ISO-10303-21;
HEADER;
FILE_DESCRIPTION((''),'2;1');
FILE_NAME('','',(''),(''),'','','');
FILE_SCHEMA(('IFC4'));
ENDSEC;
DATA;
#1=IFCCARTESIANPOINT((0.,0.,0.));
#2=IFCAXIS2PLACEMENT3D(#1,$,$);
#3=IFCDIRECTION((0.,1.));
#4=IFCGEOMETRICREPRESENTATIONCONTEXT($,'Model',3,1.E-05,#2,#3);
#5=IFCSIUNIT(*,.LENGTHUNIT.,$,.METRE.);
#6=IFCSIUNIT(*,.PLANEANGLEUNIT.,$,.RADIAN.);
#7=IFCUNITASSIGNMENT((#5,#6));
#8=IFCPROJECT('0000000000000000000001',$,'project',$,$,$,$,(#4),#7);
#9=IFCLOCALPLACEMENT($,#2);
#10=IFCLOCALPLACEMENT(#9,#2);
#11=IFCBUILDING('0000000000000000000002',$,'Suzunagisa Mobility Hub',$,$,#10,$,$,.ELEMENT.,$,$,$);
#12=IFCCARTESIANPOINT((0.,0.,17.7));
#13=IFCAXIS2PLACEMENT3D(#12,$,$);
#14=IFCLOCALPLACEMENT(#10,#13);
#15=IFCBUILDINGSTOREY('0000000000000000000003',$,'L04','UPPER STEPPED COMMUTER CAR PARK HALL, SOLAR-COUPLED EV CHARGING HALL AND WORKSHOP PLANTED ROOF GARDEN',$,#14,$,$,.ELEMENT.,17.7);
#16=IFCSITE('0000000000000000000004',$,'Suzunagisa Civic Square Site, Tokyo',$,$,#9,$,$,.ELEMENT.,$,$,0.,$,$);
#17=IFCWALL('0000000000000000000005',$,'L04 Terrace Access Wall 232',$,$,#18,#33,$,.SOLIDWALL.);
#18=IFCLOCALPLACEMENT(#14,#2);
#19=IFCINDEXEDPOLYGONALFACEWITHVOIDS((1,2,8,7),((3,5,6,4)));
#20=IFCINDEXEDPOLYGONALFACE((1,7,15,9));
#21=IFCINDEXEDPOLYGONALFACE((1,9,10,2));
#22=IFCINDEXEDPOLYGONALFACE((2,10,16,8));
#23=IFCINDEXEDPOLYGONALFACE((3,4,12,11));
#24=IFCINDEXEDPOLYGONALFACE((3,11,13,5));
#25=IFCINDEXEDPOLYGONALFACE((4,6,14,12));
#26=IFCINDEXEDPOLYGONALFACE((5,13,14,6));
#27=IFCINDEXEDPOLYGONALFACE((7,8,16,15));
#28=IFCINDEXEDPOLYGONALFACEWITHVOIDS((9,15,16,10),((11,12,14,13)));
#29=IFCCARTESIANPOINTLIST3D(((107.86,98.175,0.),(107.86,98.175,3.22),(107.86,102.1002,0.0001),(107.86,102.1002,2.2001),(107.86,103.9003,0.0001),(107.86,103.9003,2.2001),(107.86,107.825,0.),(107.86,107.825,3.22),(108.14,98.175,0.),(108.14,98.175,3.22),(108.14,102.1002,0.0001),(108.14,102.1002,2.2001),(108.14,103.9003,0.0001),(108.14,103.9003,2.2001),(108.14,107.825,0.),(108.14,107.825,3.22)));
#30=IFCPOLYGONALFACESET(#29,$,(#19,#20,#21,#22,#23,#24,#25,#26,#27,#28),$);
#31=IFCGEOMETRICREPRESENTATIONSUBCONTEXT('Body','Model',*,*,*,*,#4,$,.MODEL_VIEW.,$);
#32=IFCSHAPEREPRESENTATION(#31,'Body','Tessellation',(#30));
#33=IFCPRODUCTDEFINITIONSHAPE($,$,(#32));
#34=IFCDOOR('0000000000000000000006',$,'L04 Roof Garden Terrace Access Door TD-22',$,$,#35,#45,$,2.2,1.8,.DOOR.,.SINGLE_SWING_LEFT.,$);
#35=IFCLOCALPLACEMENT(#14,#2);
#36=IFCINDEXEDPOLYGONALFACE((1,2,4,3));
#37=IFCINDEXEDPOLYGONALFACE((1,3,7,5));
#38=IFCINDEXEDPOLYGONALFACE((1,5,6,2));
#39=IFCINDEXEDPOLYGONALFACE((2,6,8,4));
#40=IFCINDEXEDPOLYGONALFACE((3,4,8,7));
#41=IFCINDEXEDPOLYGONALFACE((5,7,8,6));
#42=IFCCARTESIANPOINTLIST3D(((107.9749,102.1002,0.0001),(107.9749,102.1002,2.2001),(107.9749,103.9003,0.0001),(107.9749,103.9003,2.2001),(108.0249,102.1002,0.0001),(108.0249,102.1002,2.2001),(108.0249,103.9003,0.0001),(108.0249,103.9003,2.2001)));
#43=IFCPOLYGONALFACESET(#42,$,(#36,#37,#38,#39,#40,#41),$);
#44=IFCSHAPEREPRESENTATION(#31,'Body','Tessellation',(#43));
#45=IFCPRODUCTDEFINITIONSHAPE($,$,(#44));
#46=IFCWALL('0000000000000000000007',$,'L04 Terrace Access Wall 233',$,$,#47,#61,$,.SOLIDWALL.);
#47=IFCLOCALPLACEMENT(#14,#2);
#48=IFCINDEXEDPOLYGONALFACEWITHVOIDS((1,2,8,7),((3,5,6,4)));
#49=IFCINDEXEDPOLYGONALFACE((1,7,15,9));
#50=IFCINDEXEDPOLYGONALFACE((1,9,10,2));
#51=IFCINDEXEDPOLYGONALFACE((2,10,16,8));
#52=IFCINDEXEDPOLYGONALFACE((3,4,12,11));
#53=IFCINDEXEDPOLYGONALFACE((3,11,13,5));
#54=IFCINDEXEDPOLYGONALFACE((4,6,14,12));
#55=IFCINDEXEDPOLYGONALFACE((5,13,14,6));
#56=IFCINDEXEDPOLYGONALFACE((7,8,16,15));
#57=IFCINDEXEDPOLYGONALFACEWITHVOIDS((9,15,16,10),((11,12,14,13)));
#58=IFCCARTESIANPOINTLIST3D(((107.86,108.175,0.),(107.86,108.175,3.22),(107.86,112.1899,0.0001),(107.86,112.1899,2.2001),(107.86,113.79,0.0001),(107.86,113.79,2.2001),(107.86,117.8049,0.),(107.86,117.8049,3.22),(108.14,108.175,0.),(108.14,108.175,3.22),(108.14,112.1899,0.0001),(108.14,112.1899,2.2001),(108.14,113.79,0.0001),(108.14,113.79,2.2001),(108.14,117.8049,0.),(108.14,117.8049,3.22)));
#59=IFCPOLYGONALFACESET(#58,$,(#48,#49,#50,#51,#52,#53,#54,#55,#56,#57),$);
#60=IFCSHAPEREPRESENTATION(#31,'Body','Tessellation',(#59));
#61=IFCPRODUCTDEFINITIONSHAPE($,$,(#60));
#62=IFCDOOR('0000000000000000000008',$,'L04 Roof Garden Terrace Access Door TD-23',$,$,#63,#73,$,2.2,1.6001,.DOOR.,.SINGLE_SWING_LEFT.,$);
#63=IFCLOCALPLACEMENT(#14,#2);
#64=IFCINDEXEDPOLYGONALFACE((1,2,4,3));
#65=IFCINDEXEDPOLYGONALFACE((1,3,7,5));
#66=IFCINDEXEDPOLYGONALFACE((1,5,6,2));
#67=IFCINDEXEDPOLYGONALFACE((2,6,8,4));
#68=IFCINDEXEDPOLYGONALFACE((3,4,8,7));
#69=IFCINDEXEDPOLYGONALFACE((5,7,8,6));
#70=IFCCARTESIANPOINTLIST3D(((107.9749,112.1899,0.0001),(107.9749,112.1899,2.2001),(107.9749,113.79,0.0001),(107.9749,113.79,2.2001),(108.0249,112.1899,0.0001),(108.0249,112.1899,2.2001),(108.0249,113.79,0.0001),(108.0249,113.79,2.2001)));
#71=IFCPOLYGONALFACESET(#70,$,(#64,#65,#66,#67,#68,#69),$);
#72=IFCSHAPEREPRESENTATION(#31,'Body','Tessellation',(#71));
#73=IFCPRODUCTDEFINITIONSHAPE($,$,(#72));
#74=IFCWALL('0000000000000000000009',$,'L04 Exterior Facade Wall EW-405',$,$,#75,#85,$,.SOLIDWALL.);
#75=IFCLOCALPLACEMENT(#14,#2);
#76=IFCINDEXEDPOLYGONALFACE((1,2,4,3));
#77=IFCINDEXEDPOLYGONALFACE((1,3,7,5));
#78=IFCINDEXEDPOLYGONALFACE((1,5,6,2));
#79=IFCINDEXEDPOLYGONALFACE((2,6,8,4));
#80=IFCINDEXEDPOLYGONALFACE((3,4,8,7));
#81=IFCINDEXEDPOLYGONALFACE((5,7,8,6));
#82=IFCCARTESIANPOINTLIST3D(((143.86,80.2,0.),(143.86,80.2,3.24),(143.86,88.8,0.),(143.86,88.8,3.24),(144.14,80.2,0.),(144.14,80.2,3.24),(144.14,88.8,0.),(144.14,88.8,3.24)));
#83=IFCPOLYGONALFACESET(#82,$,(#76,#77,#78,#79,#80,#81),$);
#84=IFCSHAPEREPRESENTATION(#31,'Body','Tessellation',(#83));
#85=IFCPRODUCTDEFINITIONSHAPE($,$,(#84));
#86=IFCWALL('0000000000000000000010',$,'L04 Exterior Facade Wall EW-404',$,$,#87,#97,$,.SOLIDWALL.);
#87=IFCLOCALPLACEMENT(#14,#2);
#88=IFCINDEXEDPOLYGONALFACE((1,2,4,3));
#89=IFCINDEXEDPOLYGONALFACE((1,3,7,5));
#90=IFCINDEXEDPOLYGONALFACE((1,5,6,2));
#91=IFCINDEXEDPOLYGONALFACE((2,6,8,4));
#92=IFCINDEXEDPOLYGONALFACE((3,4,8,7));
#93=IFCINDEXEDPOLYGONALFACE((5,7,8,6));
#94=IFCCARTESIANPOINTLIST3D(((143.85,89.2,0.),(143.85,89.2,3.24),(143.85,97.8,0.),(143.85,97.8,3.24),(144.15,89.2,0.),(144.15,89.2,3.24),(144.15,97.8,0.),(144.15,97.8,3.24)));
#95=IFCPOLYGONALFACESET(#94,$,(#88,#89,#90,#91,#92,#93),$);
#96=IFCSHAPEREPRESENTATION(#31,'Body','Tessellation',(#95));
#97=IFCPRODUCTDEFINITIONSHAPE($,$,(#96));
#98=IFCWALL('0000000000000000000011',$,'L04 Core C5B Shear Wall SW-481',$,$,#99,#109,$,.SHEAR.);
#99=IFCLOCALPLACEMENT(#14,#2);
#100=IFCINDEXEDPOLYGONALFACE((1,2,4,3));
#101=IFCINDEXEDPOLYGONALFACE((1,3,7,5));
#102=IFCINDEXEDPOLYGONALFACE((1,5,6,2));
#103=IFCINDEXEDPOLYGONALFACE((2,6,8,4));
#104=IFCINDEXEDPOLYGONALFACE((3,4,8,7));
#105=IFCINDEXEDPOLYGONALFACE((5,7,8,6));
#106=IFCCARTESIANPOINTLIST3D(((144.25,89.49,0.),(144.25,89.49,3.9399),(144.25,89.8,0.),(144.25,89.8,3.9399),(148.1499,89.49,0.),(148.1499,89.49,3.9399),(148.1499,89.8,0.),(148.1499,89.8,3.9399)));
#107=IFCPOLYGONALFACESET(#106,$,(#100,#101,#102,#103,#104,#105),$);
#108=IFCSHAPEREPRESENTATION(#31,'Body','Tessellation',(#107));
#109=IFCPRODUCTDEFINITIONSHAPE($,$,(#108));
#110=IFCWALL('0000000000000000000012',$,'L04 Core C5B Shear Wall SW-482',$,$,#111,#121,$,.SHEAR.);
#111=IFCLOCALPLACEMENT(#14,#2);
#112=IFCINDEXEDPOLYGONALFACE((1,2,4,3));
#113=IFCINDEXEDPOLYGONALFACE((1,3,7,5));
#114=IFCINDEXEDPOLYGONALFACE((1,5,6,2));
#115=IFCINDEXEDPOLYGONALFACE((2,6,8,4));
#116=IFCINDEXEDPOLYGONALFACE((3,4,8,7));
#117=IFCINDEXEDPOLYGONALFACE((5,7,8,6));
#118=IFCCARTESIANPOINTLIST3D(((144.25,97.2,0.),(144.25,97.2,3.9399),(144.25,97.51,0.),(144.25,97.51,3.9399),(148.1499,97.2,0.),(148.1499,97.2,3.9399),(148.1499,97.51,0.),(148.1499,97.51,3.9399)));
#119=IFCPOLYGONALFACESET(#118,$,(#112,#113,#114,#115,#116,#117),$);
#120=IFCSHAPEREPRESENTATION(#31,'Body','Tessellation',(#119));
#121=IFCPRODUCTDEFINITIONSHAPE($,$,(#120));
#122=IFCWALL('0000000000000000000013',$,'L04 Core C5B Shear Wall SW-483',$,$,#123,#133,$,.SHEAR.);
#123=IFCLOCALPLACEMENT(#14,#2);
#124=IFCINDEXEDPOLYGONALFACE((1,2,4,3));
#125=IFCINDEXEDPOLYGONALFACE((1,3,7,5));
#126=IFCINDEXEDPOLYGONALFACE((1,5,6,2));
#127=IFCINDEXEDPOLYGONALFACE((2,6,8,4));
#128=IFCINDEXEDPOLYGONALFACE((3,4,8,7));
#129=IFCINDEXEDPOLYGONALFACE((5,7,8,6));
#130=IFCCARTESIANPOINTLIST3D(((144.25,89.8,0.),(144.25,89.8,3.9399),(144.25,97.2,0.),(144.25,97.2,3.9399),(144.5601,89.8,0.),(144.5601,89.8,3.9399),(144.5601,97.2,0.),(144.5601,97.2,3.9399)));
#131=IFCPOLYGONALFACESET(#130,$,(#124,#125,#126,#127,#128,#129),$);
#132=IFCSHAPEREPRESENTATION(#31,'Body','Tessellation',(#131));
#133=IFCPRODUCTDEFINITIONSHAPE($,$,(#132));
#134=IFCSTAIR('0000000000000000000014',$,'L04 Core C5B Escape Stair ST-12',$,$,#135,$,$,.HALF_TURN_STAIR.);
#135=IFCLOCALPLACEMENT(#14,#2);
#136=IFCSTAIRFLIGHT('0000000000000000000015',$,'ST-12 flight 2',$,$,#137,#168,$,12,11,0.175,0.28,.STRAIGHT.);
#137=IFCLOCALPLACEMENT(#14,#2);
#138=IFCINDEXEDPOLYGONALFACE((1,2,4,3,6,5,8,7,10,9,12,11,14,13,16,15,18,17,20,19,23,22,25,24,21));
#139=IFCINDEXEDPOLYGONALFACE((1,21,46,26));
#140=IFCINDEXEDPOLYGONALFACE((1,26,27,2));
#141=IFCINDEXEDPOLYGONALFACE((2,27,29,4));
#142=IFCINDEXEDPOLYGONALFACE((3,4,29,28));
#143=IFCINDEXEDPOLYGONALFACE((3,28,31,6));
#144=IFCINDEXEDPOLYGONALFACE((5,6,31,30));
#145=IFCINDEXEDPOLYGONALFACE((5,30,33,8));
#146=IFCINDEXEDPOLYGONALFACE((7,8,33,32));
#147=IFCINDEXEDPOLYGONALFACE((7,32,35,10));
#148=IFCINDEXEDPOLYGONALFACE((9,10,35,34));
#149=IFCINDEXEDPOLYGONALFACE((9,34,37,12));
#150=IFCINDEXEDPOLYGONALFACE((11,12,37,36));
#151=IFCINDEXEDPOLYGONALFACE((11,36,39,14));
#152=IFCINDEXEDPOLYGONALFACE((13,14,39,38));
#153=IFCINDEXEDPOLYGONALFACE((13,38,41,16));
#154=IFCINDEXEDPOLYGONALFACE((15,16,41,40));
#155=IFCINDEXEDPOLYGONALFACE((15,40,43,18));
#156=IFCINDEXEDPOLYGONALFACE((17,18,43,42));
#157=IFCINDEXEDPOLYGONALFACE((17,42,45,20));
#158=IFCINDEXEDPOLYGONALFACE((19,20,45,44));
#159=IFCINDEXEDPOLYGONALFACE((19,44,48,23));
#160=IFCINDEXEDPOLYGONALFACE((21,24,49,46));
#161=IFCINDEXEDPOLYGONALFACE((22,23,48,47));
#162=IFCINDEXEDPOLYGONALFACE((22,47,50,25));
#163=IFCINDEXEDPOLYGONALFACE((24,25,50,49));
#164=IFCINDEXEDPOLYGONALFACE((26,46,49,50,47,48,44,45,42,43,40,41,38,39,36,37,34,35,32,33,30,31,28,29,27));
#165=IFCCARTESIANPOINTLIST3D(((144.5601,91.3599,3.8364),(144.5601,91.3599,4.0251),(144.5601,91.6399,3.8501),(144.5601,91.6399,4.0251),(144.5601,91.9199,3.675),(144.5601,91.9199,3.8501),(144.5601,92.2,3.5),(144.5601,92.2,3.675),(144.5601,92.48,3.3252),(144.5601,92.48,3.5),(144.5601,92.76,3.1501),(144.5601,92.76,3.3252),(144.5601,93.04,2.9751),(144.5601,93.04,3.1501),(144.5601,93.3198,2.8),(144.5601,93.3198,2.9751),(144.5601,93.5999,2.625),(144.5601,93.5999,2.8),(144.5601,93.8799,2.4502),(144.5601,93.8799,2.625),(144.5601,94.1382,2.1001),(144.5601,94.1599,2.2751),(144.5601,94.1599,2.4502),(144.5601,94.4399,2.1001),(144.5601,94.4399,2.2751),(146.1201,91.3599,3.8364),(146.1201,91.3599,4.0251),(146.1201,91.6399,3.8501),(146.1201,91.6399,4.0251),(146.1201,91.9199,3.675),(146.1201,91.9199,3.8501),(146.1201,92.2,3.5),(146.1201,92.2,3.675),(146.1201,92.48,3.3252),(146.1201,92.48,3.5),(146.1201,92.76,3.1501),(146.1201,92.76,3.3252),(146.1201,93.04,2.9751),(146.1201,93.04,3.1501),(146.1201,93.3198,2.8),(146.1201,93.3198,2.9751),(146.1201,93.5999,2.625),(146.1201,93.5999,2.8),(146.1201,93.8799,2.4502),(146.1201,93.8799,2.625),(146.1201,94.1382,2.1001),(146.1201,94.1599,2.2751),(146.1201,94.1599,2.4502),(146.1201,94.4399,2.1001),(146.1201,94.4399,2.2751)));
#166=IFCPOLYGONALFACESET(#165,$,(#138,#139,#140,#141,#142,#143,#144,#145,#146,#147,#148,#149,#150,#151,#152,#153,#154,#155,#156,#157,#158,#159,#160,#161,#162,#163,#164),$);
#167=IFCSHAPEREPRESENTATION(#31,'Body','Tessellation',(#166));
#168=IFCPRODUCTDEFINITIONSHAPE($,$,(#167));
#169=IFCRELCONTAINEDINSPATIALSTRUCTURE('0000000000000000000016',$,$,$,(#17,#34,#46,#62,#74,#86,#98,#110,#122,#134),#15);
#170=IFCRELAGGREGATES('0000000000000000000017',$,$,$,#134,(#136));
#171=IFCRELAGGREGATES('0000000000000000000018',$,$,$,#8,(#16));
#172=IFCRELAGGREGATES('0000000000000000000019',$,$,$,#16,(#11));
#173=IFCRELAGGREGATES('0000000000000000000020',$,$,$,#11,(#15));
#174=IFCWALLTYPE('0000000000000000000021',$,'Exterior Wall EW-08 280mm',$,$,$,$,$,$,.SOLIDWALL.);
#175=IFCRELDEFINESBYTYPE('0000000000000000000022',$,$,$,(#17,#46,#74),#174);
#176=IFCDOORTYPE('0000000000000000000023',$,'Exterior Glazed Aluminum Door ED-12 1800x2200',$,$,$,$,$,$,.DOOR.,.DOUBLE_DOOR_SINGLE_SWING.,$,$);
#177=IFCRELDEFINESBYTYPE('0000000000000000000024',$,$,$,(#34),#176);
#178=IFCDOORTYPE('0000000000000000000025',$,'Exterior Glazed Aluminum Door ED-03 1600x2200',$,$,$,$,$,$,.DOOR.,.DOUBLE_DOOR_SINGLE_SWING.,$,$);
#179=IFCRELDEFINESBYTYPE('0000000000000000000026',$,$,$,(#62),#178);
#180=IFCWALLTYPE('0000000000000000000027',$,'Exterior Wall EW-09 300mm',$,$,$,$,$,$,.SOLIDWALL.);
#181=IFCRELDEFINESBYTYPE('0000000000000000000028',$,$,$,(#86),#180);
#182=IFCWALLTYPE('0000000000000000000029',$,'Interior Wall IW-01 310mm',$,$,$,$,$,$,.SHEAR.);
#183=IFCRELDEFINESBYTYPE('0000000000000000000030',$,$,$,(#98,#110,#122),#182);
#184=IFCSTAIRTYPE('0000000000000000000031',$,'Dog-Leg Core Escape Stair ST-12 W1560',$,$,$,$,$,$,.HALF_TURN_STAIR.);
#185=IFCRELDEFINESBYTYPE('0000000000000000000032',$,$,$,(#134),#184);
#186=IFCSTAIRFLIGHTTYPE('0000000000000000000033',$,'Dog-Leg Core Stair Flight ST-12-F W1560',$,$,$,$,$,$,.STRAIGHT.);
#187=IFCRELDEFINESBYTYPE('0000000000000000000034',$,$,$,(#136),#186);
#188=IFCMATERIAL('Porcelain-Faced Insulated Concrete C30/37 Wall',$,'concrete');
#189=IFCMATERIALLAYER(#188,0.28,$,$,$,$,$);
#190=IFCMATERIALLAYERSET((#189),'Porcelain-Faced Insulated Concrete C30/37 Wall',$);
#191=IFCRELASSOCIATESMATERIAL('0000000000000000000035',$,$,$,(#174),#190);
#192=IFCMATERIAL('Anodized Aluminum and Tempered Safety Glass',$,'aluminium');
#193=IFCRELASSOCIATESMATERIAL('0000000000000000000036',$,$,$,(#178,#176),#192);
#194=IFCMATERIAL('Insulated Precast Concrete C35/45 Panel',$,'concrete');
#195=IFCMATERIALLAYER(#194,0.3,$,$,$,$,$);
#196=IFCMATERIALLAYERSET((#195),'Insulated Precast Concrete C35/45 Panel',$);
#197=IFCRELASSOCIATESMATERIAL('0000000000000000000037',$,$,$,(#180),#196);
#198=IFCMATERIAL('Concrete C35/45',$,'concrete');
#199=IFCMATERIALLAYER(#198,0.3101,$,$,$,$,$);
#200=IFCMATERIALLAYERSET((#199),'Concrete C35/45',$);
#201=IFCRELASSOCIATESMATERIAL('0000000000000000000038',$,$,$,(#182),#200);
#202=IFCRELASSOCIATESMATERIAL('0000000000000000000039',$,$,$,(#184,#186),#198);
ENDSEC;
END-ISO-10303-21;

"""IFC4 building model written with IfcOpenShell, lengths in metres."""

from ifc_helpers import new_model, si_unit, direction, frame, frame_2d, origin, place, context, subcontext, project, spatial, polyline, rectangle, outline, extrude, material, layer, layer_set, type_object, element, fill, aggregate, save


model = new_model("IFC4")

# Units and contexts
model_context = context("Model", 3, precision=1e-05, world=origin(), true_north=direction((0.0, 1.0)))
body_context = subcontext(model_context, "Body", "Model", "MODEL_VIEW")
ifc_project = project(units=[si_unit("LENGTHUNIT", "METRE"), si_unit("PLANEANGLEUNIT", "RADIAN")], contexts=[model_context])

# Site, building, storey
site_placement = place(None, origin())
site = spatial("IfcSite", under=ifc_project, at=site_placement, Name="Suzunagisa Civic Square Site, Tokyo", CompositionType="ELEMENT", RefElevation=0.0)
building_placement = place(site_placement, origin())
building = spatial("IfcBuilding", under=site, at=building_placement, Name="Suzunagisa Mobility Hub", CompositionType="ELEMENT")
storey_placement = place(building_placement, frame((0.0, 0.0, 17.7)))
storey = spatial("IfcBuildingStorey", under=building, at=storey_placement, Name="L04", Description="UPPER STEPPED COMMUTER CAR PARK HALL, SOLAR-COUPLED EV CHARGING HALL AND WORKSHOP PLANTED ROOF GARDEN", CompositionType="ELEMENT", Elevation=17.7)

# Walls, openings, doors
ifc_material_1 = material(Name="Porcelain-Faced Insulated Concrete C30/37 Wall", Category="concrete")
ifc_layer_1 = layer(ifc_material_1, 0.28)
ifc_layer_set_1 = layer_set([ifc_layer_1], Name="Porcelain-Faced Insulated Concrete C30/37 Wall")
wall_type_1 = type_object("IfcWallType", Name="Exterior Wall EW-08 280mm", PredefinedType="SOLIDWALL", material=ifc_layer_set_1)
ifc_material_2 = material(Name="Anodized Aluminum and Tempered Safety Glass", Category="aluminium")
door_type_1 = type_object("IfcDoorType", Name="Exterior Glazed Aluminum Door ED-03 1600x2200", OperationType="DOUBLE_DOOR_SINGLE_SWING", PredefinedType="DOOR", material=ifc_material_2)
wall_1_placement = place(storey_placement, frame((108.0, 98.175, 0.0), z_axis=(0.0, 0.0, 1.0), x_axis=(0.0, 1.0, 0.0)))
wall_1 = element("IfcWall", 1, at=wall_1_placement, inside=storey, type_object=wall_type_1, Name="L04 Terrace Access Wall 232", PredefinedType="SOLIDWALL", context=body_context, shape_type="SweptSolid", body=[
    extrude(rectangle(XDim=9.6499, YDim=0.28, at=frame_2d((4.825, 0.0))), origin(), (0.0, 0.0, 1.0), 3.22),
])
opening_1_placement = place(wall_1_placement, frame((5.7251, 0.0, 0.0), z_axis=(0.0, 0.0, 1.0), x_axis=(-1.0, 0.0, 0.0)))
opening_1 = element("IfcOpeningElement", 2, at=opening_1_placement, cuts=wall_1, PredefinedType="OPENING", context=body_context, shape_type="SweptSolid", body=[
    extrude(rectangle(XDim=1.8, YDim=2.2, at=frame_2d((0.8999, 1.1001))), frame((0.0, 0.1509, 0.0), z_axis=(0.0, -1.0, 0.0), x_axis=(1.0, 0.0, 0.0)), (0.0, 0.0, 1.0), 0.302),
])
door_type_2 = type_object("IfcDoorType", Name="Exterior Glazed Aluminum Door ED-12 1800x2200", OperationType="DOUBLE_DOOR_SINGLE_SWING", PredefinedType="DOOR", material=ifc_material_2)
door_1_placement = place(opening_1_placement, origin())
door_1 = element("IfcDoor", 3, at=door_1_placement, inside=storey, type_object=door_type_2, Name="L04 Roof Garden Terrace Access Door TD-22", OperationType="SINGLE_SWING_LEFT", OverallHeight=2.2, OverallWidth=1.8, PredefinedType="DOOR", context=body_context, shape_type="SweptSolid", body=[
    extrude(rectangle(XDim=1.8, YDim=2.2, at=frame_2d((0.8999, 1.1001))), frame((0.0, 0.0249, 0.0), z_axis=(0.0, -1.0, 0.0), x_axis=(1.0, 0.0, 0.0)), (0.0, 0.0, 1.0), 0.05),
])
fill(opening_1, door_1)
wall_2_placement = place(storey_placement, frame((108.0, 108.175, 0.0), z_axis=(0.0, 0.0, 1.0), x_axis=(0.0, 1.0, 0.0)))
wall_2 = element("IfcWall", 4, at=wall_2_placement, inside=storey, type_object=wall_type_1, Name="L04 Terrace Access Wall 233", PredefinedType="SOLIDWALL", context=body_context, shape_type="SweptSolid", body=[
    extrude(rectangle(XDim=9.6299, YDim=0.28, at=frame_2d((4.8149, 0.0))), origin(), (0.0, 0.0, 1.0), 3.22),
])
opening_2_placement = place(wall_2_placement, frame((5.615, 0.0, 0.0), z_axis=(0.0, 0.0, 1.0), x_axis=(-1.0, 0.0, 0.0)))
opening_2 = element("IfcOpeningElement", 5, at=opening_2_placement, cuts=wall_2, PredefinedType="OPENING", context=body_context, shape_type="SweptSolid", body=[
    extrude(rectangle(XDim=1.6001, YDim=2.2, at=frame_2d((0.8, 1.1001))), frame((0.0, 0.1509, 0.0), z_axis=(0.0, -1.0, 0.0), x_axis=(1.0, 0.0, 0.0)), (0.0, 0.0, 1.0), 0.302),
])
door_2_placement = place(opening_2_placement, origin())
door_2 = element("IfcDoor", 6, at=door_2_placement, inside=storey, type_object=door_type_1, Name="L04 Roof Garden Terrace Access Door TD-23", OperationType="SINGLE_SWING_LEFT", OverallHeight=2.2, OverallWidth=1.6001, PredefinedType="DOOR", context=body_context, shape_type="SweptSolid", body=[
    extrude(rectangle(XDim=1.6001, YDim=2.2, at=frame_2d((0.8, 1.1001))), frame((0.0, 0.0249, 0.0), z_axis=(0.0, -1.0, 0.0), x_axis=(1.0, 0.0, 0.0)), (0.0, 0.0, 1.0), 0.05),
])
fill(opening_2, door_2)

# Walls
wall_3_placement = place(storey_placement, frame((144.0, 88.8, 0.0), z_axis=(0.0, 0.0, 1.0), x_axis=(0.0, -1.0, 0.0)))
element("IfcWall", 7, at=wall_3_placement, inside=storey, type_object=wall_type_1, Name="L04 Exterior Facade Wall EW-405", PredefinedType="SOLIDWALL", context=body_context, shape_type="SweptSolid", body=[
    extrude(rectangle(XDim=8.6001, YDim=0.28, at=frame_2d((4.3, 0.0))), origin(), (0.0, 0.0, 1.0), 3.24),
])
ifc_material_3 = material(Name="Insulated Precast Concrete C35/45 Panel", Category="concrete")
ifc_layer_2 = layer(ifc_material_3, 0.3)
ifc_layer_set_2 = layer_set([ifc_layer_2], Name="Insulated Precast Concrete C35/45 Panel")
wall_type_2 = type_object("IfcWallType", Name="Exterior Wall EW-09 300mm", PredefinedType="SOLIDWALL", material=ifc_layer_set_2)
wall_4_placement = place(storey_placement, frame((144.0, 97.8, 0.0), z_axis=(0.0, 0.0, 1.0), x_axis=(0.0, -1.0, 0.0)))
element("IfcWall", 8, at=wall_4_placement, inside=storey, type_object=wall_type_2, Name="L04 Exterior Facade Wall EW-404", PredefinedType="SOLIDWALL", context=body_context, shape_type="SweptSolid", body=[
    extrude(rectangle(XDim=8.6001, YDim=0.3, at=frame_2d((4.3, 0.0))), origin(), (0.0, 0.0, 1.0), 3.24),
])
ifc_material_4 = material(Name="Concrete C35/45", Category="concrete")
ifc_layer_3 = layer(ifc_material_4, 0.3101)
ifc_layer_set_3 = layer_set([ifc_layer_3], Name="Concrete C35/45")
wall_type_3 = type_object("IfcWallType", Name="Interior Wall IW-01 310mm", PredefinedType="SHEAR", material=ifc_layer_set_3)
for number, where, z_axis, x_axis, name in (
    (9, (144.25, 89.645, 0.0), (0.0, 0.0, 1.0), (1.0, 0.0, 0.0), "L04 Core C5B Shear Wall SW-481"),
    (10, (144.25, 97.355, 0.0), (0.0, 0.0, 1.0), (1.0, 0.0, 0.0), "L04 Core C5B Shear Wall SW-482"),
):
    element("IfcWall", number, at=place(storey_placement, frame(where, z_axis=z_axis, x_axis=x_axis)), inside=storey, type_object=wall_type_3, Name=name, PredefinedType="SHEAR", context=body_context, shape_type="SweptSolid", body=[
        extrude(rectangle(XDim=3.8999, YDim=0.3101, at=frame_2d((1.95, 0.0))), origin(), (0.0, 0.0, 1.0), 3.9399),
    ])
wall_5_placement = place(storey_placement, frame((144.405, 89.8, 0.0), z_axis=(0.0, 0.0, 1.0), x_axis=(0.0, 1.0, 0.0)))
element("IfcWall", 11, at=wall_5_placement, inside=storey, type_object=wall_type_3, Name="L04 Core C5B Shear Wall SW-483", PredefinedType="SHEAR", context=body_context, shape_type="SweptSolid", body=[
    extrude(rectangle(XDim=7.3999, YDim=0.3101, at=frame_2d((3.7, 0.0))), origin(), (0.0, 0.0, 1.0), 3.9399),
])

# Stair, stair flight
stair_type = type_object("IfcStairType", Name="Dog-Leg Core Escape Stair ST-12 W1560", PredefinedType="HALF_TURN_STAIR", material=ifc_material_4)
stair_placement = place(storey_placement, origin())
stair = element("IfcStair", 12, at=stair_placement, inside=storey, type_object=stair_type, Name="L04 Core C5B Escape Stair ST-12", PredefinedType="HALF_TURN_STAIR")
stair_flight_type = type_object("IfcStairFlightType", Name="Dog-Leg Core Stair Flight ST-12-F W1560", PredefinedType="STRAIGHT", material=ifc_material_4)
stair_flight_placement = place(storey_placement, frame((145.3401, 94.4399, 2.1001), z_axis=(0.0, 0.0, 1.0), x_axis=(0.0, -1.0, 0.0)))
stair_flight = element("IfcStairFlight", 13, at=stair_flight_placement, type_object=stair_flight_type, Name="ST-12 flight 2", NumberOfRisers=12, NumberOfTreads=11, PredefinedType="STRAIGHT", RiserHeight=0.175, TreadLength=0.28, context=body_context, shape_type="SweptSolid", body=[
    extrude(outline(polyline([(0.0, 0.0), (0.0, 0.175), (0.28, 0.175), (0.28, 0.3501), (0.5601, 0.3501), (0.5601, 0.5249), (0.8401, 0.5249), (0.8401, 0.7), (1.1201, 0.7), (1.1201, 0.875), (1.3999, 0.875), (1.3999, 1.05), (1.6799, 1.05), (1.6799, 1.2251), (1.96, 1.2251), (1.96, 1.3999), (2.24, 1.3999), (2.24, 1.575), (2.52, 1.575), (2.52, 1.75), (2.8, 1.75), (2.8, 1.925), (3.0801, 1.925), (3.0801, 2.1001), (3.0801, 1.7363), (0.3018, 0.0), (0.0, 0.0)])), frame((0.0, 0.78, 0.0), z_axis=(0.0, -1.0, 0.0), x_axis=(1.0, 0.0, 0.0)), (0.0, 0.0, 1.0), 1.5601),
])
aggregate(stair, [stair_flight])

save(model, "model.ifc")
